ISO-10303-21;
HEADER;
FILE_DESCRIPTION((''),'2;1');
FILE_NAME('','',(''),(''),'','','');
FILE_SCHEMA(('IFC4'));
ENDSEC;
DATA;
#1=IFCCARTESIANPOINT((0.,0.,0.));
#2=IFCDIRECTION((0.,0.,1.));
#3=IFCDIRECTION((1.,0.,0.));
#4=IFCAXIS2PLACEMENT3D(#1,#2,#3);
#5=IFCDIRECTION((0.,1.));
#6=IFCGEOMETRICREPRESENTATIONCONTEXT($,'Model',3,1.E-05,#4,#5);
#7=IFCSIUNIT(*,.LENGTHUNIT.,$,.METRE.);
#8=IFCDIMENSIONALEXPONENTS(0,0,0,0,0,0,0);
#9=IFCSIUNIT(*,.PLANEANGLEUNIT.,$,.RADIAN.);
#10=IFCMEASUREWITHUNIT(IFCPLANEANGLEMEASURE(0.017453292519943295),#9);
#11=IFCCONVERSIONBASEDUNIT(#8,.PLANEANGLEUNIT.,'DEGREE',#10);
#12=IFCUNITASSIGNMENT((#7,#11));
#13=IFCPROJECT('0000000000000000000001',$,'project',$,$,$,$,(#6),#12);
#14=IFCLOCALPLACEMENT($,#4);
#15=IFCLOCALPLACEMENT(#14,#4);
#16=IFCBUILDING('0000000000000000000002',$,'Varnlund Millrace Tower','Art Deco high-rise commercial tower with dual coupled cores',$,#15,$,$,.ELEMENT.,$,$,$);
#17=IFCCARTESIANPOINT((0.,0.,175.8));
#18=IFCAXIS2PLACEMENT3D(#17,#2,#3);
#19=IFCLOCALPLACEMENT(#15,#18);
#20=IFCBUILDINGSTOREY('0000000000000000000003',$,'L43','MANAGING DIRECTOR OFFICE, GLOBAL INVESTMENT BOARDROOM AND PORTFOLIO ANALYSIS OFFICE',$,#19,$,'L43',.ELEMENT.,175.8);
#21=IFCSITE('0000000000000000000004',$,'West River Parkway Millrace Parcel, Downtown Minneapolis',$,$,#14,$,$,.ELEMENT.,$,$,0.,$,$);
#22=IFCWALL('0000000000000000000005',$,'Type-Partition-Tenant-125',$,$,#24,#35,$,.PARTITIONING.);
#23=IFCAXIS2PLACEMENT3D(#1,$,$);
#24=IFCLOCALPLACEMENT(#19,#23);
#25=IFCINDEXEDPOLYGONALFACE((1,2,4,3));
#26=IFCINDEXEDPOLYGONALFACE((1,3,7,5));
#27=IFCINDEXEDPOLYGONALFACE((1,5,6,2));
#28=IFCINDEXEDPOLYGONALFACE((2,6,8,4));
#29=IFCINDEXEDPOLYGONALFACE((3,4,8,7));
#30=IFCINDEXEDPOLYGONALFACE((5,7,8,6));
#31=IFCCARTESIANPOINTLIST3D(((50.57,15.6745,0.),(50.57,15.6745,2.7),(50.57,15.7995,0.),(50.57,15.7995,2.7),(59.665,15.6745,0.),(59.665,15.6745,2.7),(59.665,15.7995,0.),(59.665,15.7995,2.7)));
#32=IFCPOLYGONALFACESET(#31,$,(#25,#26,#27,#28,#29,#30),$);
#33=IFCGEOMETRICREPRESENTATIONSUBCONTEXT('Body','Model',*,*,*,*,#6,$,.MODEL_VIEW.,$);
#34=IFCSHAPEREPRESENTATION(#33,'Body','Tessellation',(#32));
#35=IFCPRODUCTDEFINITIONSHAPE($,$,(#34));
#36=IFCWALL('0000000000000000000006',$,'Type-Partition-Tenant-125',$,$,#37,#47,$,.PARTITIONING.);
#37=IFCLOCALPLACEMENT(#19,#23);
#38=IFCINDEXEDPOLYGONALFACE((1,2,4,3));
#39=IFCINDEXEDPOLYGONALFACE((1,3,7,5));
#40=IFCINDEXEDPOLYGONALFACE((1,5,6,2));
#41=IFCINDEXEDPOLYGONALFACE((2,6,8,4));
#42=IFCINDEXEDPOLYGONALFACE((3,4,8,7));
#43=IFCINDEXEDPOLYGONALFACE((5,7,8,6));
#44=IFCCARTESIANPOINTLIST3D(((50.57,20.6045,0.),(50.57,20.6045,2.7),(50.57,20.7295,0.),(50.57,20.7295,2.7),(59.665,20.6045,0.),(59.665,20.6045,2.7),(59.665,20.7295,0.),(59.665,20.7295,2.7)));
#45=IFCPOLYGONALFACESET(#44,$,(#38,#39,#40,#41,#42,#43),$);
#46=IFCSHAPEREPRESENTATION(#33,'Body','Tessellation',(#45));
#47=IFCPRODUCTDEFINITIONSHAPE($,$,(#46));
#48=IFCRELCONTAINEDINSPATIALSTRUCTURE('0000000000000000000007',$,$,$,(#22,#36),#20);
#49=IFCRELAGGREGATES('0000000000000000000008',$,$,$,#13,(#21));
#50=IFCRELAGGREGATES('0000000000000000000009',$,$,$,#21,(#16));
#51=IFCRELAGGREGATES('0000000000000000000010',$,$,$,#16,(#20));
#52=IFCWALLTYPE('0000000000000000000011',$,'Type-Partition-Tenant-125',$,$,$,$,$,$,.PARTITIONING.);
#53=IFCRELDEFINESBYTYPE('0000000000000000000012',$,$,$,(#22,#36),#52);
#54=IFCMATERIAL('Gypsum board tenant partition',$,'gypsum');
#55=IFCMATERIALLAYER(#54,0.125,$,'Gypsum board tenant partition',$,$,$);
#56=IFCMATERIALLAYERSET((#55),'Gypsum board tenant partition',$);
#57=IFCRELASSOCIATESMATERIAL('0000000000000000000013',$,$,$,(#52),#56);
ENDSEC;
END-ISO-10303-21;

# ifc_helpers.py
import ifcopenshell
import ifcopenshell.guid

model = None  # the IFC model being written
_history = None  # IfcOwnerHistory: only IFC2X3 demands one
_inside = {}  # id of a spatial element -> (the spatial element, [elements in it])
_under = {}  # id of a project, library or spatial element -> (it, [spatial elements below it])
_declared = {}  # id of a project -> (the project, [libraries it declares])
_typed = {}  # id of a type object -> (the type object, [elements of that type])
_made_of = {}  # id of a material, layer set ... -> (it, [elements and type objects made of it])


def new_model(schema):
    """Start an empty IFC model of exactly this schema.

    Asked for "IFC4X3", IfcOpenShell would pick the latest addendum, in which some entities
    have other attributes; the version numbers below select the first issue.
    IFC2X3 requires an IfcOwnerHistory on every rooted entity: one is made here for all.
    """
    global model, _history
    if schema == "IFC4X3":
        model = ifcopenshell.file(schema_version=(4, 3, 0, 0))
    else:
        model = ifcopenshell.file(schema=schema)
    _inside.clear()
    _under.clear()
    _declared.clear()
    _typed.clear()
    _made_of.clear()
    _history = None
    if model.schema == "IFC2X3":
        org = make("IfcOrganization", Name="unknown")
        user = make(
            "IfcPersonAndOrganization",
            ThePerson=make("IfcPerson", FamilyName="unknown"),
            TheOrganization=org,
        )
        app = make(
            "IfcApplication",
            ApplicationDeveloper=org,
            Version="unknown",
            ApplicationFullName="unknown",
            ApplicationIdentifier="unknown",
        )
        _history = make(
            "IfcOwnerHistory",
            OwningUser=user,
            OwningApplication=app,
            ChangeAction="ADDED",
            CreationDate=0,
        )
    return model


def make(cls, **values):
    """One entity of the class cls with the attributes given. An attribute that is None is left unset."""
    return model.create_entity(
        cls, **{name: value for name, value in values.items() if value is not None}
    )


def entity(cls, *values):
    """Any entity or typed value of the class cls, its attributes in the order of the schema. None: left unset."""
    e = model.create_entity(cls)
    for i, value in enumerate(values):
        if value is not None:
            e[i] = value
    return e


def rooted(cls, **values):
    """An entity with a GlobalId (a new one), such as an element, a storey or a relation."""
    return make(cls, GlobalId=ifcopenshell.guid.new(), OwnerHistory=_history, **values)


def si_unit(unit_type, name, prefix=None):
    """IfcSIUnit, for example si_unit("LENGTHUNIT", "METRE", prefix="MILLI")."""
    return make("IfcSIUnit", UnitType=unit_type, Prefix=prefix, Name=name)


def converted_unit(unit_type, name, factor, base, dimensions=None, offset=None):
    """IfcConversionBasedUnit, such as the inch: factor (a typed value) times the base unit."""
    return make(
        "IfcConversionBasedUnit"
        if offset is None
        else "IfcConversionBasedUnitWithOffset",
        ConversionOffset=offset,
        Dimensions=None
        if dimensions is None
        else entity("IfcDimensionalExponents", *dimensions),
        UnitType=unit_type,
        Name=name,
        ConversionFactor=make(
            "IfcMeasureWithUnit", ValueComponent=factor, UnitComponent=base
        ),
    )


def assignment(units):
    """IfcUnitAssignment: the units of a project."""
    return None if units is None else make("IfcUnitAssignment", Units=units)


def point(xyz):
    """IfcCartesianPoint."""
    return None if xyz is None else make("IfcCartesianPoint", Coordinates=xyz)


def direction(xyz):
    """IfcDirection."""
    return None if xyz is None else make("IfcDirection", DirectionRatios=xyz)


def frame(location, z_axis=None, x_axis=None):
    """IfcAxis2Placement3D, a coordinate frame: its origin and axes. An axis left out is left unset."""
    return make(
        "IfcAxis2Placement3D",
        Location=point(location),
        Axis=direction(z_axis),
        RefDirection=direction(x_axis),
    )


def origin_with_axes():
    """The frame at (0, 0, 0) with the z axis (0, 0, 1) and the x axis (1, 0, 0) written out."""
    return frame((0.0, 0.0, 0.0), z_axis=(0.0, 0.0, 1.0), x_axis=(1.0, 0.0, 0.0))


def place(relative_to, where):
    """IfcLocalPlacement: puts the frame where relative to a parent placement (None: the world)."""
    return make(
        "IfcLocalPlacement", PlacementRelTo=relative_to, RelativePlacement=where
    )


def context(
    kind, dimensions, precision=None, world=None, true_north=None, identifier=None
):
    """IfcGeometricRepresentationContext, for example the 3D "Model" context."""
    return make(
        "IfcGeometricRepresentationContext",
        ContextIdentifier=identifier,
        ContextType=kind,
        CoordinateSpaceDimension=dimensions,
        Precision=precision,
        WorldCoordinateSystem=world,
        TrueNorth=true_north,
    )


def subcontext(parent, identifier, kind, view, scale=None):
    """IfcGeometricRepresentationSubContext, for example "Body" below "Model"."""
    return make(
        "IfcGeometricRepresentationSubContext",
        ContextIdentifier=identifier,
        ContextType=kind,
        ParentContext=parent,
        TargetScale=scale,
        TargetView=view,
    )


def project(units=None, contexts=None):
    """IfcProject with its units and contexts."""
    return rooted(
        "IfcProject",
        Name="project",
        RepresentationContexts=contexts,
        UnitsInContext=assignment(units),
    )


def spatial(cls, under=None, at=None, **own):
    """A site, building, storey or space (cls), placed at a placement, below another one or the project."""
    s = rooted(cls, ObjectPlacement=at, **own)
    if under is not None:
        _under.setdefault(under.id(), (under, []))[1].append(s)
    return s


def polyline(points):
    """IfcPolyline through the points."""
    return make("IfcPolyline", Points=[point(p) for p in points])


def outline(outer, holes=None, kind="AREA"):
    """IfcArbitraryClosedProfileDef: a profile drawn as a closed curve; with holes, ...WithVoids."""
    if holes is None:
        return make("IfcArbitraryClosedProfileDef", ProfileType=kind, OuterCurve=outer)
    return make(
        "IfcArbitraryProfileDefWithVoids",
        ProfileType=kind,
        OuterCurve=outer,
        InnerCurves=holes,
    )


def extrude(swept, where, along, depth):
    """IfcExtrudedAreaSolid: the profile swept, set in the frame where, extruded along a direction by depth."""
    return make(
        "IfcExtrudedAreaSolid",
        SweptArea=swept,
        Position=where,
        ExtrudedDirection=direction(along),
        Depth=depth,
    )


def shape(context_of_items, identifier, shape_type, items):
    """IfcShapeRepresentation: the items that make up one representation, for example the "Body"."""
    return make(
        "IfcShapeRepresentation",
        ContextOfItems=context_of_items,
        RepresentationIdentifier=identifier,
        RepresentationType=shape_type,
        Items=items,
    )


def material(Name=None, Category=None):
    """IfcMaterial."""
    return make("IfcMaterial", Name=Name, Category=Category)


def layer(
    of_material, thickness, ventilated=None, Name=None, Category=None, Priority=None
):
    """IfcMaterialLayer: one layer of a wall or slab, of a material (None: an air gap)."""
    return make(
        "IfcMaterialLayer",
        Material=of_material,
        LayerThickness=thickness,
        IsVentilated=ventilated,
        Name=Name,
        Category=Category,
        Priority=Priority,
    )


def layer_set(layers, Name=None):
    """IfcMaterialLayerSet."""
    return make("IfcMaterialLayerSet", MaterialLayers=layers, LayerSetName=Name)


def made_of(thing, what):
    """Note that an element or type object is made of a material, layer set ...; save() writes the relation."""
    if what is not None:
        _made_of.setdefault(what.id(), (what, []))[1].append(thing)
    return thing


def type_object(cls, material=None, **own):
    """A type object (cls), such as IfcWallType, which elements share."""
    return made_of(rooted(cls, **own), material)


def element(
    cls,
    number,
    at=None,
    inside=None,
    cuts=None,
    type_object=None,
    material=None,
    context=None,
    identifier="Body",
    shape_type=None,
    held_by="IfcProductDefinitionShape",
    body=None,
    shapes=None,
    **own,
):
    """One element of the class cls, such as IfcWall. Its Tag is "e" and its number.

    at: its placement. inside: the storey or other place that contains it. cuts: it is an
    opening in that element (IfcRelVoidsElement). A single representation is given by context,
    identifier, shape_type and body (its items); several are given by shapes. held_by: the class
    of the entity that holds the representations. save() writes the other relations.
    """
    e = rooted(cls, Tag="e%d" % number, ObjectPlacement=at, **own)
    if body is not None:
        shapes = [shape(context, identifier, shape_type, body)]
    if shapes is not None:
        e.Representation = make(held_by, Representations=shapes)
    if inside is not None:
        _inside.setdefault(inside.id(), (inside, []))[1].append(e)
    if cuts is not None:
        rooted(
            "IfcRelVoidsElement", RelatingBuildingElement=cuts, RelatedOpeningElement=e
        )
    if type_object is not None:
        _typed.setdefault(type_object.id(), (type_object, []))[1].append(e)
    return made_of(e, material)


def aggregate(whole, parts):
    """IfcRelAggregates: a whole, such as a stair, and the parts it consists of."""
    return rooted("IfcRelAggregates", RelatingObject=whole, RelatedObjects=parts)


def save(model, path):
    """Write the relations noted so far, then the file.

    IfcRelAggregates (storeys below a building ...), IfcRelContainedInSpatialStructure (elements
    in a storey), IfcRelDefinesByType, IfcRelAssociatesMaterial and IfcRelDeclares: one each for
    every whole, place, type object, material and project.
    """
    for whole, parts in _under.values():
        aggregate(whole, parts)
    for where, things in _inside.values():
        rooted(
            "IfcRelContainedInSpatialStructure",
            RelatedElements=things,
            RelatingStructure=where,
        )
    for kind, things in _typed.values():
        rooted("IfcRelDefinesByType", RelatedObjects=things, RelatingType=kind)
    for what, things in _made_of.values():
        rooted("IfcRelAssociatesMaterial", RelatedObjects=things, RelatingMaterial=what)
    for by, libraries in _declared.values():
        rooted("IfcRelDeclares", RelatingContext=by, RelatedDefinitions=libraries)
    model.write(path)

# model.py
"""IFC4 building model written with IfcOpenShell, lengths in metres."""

from ifc_helpers import new_model, entity, si_unit, converted_unit, direction, frame, origin_with_axes, place, context, subcontext, project, spatial, polyline, outline, extrude, material, layer, layer_set, type_object, element, save


model = new_model("IFC4")

# Units and contexts
model_context = context("Model", 3, precision=1e-05, world=origin_with_axes(), true_north=direction((0.0, 1.0)))
body_context = subcontext(model_context, "Body", "Model", "MODEL_VIEW")
ifc_project = project(units=[si_unit("LENGTHUNIT", "METRE"), converted_unit("PLANEANGLEUNIT", "DEGREE", entity("IfcPlaneAngleMeasure", 0.017453292519943295), si_unit("PLANEANGLEUNIT", "RADIAN"), dimensions=[0, 0, 0, 0, 0, 0, 0])], contexts=[model_context])

# Site, building, storey
site_placement = place(None, origin_with_axes())
site = spatial("IfcSite", under=ifc_project, at=site_placement, Name="West River Parkway Millrace Parcel, Downtown Minneapolis", CompositionType="ELEMENT", RefElevation=0.0)
building_placement = place(site_placement, origin_with_axes())
building = spatial("IfcBuilding", under=site, at=building_placement, Name="Varnlund Millrace Tower", Description="Art Deco high-rise commercial tower with dual coupled cores", CompositionType="ELEMENT")
storey_placement = place(building_placement, frame((0.0, 0.0, 175.8), z_axis=(0.0, 0.0, 1.0), x_axis=(1.0, 0.0, 0.0)))
storey = spatial("IfcBuildingStorey", under=building, at=storey_placement, Name="L43", Description="MANAGING DIRECTOR OFFICE, GLOBAL INVESTMENT BOARDROOM AND PORTFOLIO ANALYSIS OFFICE", LongName="L43", CompositionType="ELEMENT", Elevation=175.8)

# Walls
ifc_material_1 = material(Name="Gypsum board tenant partition", Category="gypsum")
ifc_layer_1 = layer(ifc_material_1, 0.125, Name="Gypsum board tenant partition")
ifc_layer_set_1 = layer_set([ifc_layer_1], Name="Gypsum board tenant partition")
wall_type_1 = type_object("IfcWallType", Name="Type-Partition-Tenant-125", PredefinedType="PARTITIONING", material=ifc_layer_set_1)
for number, where, z_axis, x_axis, name in (
    (1, (50.57, 15.737, 0.0), (0.0, 0.0, 1.0), (1.0, 0.0, 0.0), "Type-Partition-Tenant-125"),
    (2, (50.57, 20.667, 0.0), (0.0, 0.0, 1.0), (1.0, 0.0, 0.0), "Type-Partition-Tenant-125"),
):
    element("IfcWall", number, at=place(storey_placement, frame(where, z_axis=z_axis, x_axis=x_axis)), inside=storey, type_object=wall_type_1, Name=name, PredefinedType="PARTITIONING", context=body_context, shape_type="SweptSolid", body=[
        extrude(outline(polyline([(0.0, -0.0625), (9.095, -0.0625), (9.095, 0.0625), (0.0, 0.0625), (0.0, -0.0625)])), origin_with_axes(), (0.0, 0.0, 1.0), 2.7),
    ])

save(model, "model.ifc")
